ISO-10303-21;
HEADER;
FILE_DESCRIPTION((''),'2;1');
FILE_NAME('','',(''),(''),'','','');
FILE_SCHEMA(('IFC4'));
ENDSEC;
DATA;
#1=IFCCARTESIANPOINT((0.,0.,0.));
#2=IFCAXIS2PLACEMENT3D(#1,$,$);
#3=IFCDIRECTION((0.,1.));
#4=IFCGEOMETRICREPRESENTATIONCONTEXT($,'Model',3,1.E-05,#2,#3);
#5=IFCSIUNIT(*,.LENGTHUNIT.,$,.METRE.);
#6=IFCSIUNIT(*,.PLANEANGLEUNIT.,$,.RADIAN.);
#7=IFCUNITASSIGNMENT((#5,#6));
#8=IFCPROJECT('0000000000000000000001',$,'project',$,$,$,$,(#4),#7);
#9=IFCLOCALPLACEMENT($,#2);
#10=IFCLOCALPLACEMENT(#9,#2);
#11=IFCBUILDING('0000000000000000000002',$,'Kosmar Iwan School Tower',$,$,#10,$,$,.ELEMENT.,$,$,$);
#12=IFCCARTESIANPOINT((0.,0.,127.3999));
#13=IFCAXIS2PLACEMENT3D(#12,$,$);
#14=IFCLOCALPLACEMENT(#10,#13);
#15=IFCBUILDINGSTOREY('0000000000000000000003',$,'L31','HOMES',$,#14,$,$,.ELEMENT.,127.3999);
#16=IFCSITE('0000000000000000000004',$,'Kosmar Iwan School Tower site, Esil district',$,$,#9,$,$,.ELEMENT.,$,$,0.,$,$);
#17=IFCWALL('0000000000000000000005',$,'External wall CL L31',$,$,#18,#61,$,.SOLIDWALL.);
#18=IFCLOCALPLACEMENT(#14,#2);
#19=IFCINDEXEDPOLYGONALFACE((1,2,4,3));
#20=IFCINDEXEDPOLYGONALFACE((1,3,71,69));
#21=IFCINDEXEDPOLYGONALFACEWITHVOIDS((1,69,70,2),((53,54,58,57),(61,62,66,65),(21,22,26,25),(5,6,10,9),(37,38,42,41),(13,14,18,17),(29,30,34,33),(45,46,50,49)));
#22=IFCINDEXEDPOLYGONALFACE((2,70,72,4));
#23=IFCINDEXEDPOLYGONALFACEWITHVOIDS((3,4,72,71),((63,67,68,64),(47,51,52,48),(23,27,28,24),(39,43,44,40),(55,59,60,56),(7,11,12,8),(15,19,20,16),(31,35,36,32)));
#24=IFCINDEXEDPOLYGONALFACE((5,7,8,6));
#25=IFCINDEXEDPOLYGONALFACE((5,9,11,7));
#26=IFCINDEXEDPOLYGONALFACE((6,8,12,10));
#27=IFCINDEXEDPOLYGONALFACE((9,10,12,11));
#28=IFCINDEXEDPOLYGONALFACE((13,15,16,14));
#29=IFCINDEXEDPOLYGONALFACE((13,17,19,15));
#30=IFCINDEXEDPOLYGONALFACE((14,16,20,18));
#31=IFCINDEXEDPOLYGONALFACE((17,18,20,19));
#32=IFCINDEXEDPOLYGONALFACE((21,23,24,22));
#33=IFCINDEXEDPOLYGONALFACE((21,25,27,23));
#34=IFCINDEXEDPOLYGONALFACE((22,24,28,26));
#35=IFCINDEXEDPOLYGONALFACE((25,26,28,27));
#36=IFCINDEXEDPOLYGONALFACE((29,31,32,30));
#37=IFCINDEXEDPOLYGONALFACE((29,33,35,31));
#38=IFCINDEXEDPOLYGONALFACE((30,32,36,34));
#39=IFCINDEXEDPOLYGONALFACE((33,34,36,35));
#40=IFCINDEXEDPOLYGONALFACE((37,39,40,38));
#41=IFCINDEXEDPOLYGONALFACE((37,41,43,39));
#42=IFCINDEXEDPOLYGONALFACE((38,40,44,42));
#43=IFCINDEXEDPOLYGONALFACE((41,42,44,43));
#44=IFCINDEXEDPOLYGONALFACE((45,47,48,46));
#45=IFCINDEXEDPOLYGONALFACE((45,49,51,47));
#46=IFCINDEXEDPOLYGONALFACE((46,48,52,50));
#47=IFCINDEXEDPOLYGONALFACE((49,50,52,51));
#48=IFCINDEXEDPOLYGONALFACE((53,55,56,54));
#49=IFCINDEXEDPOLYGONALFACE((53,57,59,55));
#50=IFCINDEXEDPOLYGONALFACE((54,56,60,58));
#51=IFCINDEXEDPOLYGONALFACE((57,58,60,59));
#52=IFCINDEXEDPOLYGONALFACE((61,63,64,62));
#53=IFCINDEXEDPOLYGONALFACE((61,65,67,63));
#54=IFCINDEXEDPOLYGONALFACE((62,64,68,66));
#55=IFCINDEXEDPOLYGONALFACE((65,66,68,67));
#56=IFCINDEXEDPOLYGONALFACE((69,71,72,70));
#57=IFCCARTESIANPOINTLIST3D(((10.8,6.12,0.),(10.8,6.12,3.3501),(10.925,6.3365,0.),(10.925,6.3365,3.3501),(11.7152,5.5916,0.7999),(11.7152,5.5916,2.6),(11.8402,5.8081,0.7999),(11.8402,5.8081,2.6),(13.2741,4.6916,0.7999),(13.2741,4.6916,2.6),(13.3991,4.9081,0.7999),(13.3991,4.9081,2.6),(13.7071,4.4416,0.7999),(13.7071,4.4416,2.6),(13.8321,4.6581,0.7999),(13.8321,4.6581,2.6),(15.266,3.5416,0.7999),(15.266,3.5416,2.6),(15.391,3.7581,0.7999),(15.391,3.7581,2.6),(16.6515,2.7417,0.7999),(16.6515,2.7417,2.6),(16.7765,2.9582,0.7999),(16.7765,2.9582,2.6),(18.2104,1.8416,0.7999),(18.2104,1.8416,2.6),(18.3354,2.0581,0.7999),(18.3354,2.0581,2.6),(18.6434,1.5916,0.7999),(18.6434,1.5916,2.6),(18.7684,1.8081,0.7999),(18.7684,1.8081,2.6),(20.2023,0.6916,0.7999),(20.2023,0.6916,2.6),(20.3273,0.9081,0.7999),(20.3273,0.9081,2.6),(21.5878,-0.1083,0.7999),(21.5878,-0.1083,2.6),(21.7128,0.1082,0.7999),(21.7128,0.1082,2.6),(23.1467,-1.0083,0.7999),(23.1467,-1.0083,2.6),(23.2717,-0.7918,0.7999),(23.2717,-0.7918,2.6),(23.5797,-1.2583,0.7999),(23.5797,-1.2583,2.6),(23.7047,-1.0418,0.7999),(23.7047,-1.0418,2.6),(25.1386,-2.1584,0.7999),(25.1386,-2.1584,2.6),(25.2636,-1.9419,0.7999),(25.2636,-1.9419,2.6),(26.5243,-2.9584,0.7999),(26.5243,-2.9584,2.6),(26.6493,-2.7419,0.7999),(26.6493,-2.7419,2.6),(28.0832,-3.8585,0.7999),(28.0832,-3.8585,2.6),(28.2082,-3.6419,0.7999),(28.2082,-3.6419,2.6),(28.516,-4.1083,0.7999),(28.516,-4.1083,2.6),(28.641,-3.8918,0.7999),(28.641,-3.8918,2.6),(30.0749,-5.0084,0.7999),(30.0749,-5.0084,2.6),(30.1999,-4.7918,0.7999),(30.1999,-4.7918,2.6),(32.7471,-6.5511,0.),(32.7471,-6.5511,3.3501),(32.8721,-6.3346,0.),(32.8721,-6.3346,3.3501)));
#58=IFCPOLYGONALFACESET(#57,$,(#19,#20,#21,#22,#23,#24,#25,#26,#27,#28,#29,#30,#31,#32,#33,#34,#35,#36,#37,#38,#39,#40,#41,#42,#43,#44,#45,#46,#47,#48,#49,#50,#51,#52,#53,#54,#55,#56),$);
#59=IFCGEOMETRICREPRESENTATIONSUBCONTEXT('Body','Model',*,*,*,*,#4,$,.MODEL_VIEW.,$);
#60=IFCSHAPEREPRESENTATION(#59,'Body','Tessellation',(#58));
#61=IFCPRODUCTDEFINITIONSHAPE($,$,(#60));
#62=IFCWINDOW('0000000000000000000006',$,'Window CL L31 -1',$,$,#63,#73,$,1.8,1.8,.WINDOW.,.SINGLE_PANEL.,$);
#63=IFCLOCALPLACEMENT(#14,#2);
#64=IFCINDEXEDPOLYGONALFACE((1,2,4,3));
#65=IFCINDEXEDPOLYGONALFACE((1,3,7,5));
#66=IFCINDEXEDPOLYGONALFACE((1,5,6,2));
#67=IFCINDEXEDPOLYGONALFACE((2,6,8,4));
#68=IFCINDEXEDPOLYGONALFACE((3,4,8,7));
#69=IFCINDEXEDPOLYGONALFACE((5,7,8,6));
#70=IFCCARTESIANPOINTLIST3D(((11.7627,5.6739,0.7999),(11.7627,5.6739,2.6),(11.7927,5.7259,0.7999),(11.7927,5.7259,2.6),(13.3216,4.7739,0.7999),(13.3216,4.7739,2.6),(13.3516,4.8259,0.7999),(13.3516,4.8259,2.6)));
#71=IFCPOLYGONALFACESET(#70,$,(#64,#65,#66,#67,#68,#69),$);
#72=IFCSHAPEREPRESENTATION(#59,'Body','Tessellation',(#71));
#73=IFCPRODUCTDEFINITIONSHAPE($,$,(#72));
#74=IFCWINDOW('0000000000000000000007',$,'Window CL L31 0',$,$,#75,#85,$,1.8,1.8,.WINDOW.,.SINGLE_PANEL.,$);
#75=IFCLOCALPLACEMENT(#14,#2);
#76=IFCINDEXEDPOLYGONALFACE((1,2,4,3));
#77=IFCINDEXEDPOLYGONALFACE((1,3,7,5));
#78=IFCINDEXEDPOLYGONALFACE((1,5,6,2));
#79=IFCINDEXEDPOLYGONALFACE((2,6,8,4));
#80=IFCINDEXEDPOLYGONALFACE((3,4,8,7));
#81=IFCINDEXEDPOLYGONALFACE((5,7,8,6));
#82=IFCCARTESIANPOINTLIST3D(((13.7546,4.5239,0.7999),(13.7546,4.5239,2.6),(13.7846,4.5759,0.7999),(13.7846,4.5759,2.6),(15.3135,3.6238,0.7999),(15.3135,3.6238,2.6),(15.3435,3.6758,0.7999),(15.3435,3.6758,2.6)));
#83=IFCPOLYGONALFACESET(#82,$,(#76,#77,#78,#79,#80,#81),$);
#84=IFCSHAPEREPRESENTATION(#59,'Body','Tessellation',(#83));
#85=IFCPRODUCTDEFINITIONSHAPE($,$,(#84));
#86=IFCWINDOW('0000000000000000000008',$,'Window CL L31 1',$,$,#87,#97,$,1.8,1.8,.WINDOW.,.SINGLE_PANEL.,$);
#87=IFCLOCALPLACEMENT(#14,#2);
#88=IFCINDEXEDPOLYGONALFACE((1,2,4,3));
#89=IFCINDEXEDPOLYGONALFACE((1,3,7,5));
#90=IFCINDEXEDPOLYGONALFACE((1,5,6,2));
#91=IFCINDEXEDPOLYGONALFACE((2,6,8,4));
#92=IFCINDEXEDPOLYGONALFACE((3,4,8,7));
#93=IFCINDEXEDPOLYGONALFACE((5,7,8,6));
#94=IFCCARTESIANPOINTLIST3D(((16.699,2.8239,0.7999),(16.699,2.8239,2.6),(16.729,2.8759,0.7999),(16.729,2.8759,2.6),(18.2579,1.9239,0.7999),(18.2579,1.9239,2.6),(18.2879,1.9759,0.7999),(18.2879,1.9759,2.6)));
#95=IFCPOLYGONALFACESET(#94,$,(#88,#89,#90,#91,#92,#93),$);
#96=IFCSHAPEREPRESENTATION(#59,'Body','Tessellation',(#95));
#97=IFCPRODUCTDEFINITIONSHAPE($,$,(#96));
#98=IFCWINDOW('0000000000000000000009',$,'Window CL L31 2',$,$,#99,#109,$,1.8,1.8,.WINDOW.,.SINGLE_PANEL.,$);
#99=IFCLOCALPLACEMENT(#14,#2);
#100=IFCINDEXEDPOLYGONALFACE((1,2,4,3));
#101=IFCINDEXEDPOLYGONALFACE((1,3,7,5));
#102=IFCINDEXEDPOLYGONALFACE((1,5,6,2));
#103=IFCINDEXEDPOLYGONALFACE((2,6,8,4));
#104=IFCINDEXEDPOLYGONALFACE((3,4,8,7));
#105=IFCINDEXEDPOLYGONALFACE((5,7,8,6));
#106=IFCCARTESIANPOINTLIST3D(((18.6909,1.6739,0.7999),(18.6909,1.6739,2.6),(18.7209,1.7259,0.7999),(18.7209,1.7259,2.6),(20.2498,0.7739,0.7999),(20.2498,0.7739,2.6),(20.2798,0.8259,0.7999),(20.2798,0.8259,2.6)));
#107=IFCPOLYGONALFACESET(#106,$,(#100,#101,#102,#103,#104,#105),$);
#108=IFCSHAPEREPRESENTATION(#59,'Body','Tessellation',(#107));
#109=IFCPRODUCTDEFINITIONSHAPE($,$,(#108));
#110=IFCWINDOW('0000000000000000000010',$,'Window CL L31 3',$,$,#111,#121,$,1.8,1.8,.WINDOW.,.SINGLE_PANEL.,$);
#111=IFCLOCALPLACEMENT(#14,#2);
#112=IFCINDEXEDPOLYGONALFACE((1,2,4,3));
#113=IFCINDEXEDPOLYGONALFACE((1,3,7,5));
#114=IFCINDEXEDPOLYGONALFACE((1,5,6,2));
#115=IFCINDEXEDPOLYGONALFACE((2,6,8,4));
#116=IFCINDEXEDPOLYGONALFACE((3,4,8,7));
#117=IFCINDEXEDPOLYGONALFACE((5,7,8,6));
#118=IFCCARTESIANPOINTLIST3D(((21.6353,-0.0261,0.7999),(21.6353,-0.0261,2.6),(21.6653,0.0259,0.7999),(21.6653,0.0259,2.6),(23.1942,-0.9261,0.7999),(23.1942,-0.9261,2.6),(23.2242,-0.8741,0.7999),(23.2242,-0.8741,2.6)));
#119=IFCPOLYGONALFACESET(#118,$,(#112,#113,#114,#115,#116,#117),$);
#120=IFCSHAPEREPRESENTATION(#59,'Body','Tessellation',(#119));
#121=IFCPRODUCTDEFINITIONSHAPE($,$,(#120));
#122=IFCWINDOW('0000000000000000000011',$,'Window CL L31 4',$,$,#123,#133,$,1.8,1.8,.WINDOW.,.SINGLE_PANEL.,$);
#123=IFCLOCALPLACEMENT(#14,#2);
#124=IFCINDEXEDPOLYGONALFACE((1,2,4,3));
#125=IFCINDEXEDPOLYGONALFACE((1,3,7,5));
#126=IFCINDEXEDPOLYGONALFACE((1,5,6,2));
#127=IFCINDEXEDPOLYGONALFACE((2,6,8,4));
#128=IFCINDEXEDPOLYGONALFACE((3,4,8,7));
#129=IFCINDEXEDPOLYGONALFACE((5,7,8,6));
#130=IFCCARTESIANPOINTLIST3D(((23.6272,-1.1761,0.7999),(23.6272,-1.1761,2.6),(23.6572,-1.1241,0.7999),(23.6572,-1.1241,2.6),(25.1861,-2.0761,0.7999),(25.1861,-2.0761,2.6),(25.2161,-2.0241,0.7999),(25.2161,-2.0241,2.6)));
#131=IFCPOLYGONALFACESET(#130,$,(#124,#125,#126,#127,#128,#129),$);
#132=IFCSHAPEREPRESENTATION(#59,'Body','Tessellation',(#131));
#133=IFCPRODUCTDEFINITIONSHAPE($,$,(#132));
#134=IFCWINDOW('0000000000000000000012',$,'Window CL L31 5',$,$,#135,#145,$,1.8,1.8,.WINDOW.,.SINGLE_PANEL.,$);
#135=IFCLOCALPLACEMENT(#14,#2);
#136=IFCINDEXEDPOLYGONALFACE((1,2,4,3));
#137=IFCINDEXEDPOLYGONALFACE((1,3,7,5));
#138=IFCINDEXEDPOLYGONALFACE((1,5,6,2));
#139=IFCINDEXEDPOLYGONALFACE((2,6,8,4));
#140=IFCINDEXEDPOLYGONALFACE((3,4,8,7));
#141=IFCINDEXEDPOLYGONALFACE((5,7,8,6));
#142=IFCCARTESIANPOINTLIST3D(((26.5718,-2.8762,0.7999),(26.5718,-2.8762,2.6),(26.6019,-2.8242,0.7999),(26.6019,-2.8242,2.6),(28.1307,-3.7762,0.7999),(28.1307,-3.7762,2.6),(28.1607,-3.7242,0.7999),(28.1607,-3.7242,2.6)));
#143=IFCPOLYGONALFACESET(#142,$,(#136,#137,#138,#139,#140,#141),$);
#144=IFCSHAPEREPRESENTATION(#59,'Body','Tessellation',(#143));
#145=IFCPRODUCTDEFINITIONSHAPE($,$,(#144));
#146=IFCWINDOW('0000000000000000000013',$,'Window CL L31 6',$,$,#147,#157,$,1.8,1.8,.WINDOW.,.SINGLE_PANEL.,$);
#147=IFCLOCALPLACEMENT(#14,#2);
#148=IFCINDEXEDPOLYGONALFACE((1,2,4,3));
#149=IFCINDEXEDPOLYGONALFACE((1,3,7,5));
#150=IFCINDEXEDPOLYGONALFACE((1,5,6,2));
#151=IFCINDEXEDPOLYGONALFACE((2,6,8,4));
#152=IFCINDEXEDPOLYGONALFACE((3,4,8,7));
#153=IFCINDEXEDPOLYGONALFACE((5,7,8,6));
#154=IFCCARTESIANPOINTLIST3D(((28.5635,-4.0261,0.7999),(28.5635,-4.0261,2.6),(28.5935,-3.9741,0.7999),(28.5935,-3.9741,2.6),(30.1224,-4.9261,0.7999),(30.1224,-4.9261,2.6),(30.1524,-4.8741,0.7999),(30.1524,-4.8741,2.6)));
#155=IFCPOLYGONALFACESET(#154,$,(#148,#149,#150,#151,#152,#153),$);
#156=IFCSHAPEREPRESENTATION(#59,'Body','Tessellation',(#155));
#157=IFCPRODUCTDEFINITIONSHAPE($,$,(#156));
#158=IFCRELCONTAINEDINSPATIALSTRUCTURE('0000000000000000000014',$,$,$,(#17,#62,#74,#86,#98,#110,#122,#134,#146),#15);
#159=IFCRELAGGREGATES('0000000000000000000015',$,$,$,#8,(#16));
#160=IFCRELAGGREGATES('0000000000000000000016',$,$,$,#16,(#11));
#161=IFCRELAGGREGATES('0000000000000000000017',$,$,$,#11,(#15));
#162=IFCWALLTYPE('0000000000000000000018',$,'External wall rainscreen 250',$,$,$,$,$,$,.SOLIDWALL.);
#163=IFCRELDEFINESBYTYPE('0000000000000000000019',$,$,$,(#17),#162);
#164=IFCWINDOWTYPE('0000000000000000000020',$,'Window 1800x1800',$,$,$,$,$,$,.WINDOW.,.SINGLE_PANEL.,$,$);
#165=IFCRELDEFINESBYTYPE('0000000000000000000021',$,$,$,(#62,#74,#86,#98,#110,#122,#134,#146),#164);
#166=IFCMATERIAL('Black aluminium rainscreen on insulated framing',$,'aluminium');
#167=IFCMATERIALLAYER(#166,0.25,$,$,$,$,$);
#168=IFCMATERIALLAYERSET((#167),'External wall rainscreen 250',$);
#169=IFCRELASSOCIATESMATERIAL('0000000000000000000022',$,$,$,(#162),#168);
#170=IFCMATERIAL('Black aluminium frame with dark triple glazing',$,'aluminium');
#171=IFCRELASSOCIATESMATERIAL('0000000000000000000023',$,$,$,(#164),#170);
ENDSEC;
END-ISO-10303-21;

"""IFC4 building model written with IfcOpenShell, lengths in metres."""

from ifc_helpers import new_model, si_unit, direction, frame, frame_2d, origin, place, context, subcontext, project, spatial, rectangle, extrude, material, layer, layer_set, type_object, element, fill, save


model = new_model("IFC4")

# Units and contexts
model_context = context("Model", 3, precision=1e-05, world=origin(), true_north=direction((0.0, 1.0)))
body_context = subcontext(model_context, "Body", "Model", "MODEL_VIEW")
ifc_project = project(units=[si_unit("LENGTHUNIT", "METRE"), si_unit("PLANEANGLEUNIT", "RADIAN")], contexts=[model_context])

# Site, building, storey
site_placement = place(None, origin())
site = spatial("IfcSite", under=ifc_project, at=site_placement, Name="Kosmar Iwan School Tower site, Esil district", CompositionType="ELEMENT", RefElevation=0.0)
building_placement = place(site_placement, origin())
building = spatial("IfcBuilding", under=site, at=building_placement, Name="Kosmar Iwan School Tower", CompositionType="ELEMENT")
storey_placement = place(building_placement, frame((0.0, 0.0, 127.3999)))
storey = spatial("IfcBuildingStorey", under=building, at=storey_placement, Name="L31", Description="HOMES", CompositionType="ELEMENT", Elevation=127.3999)

# Wall, openings, windows
ifc_material_1 = material(Name="Black aluminium rainscreen on insulated framing", Category="aluminium")
ifc_layer = layer(ifc_material_1, 0.25)
ifc_layer_set = layer_set([ifc_layer], Name="External wall rainscreen 250")
wall_type = type_object("IfcWallType", Name="External wall rainscreen 250", PredefinedType="SOLIDWALL", material=ifc_layer_set)
wall_1_placement = place(storey_placement, frame((10.8625, 6.2283, 0.0), z_axis=(0.0, 0.0, 1.0), x_axis=(0.866025, -0.500001, 0.0)))
wall_1 = element("IfcWall", 1, at=wall_1_placement, inside=storey, type_object=wall_type, Name="External wall CL L31", PredefinedType="SOLIDWALL", context=body_context, shape_type="SweptSolid", body=[
    extrude(rectangle(XDim=25.3423, YDim=0.25, at=frame_2d((12.6711, 0.0))), origin(), (0.0, 0.0, 1.0), 3.3501),
])
opening_1_placement = place(wall_1_placement, frame((1.0569, 0.0, 0.8)))
opening_1 = element("IfcOpeningElement", 2, at=opening_1_placement, cuts=wall_1, PredefinedType="OPENING", context=body_context, shape_type="SweptSolid", body=[
    extrude(rectangle(XDim=1.8, YDim=1.8, at=frame_2d((0.8999, 0.8999))), frame((0.0, 0.137, 0.0), z_axis=(0.0, -1.0, 0.0), x_axis=(1.0, 0.0, 0.0)), (0.0, 0.0, 1.0), 0.2739),
])
opening_2_placement = place(wall_1_placement, frame((3.3569, 0.0, 0.8)))
opening_2 = element("IfcOpeningElement", 3, at=opening_2_placement, cuts=wall_1, PredefinedType="OPENING", context=body_context, shape_type="SweptSolid", body=[
    extrude(rectangle(XDim=1.8, YDim=1.8, at=frame_2d((0.8999, 0.8999))), frame((0.0, 0.137, 0.0), z_axis=(0.0, -1.0, 0.0), x_axis=(1.0, 0.0, 0.0)), (0.0, 0.0, 1.0), 0.2739),
])
opening_3_placement = place(wall_1_placement, frame((6.7568, 0.0, 0.8)))
opening_3 = element("IfcOpeningElement", 4, at=opening_3_placement, cuts=wall_1, PredefinedType="OPENING", context=body_context, shape_type="SweptSolid", body=[
    extrude(rectangle(XDim=1.8, YDim=1.8, at=frame_2d((0.8999, 0.8999))), frame((0.0, 0.137, 0.0), z_axis=(0.0, -1.0, 0.0), x_axis=(1.0, 0.0, 0.0)), (0.0, 0.0, 1.0), 0.2739),
])
opening_4_placement = place(wall_1_placement, frame((9.0569, 0.0, 0.8)))
opening_4 = element("IfcOpeningElement", 5, at=opening_4_placement, cuts=wall_1, PredefinedType="OPENING", context=body_context, shape_type="SweptSolid", body=[
    extrude(rectangle(XDim=1.8, YDim=1.8, at=frame_2d((0.8999, 0.8999))), frame((0.0, 0.137, 0.0), z_axis=(0.0, -1.0, 0.0), x_axis=(1.0, 0.0, 0.0)), (0.0, 0.0, 1.0), 0.2739),
])
opening_5_placement = place(wall_1_placement, frame((12.4568, 0.0, 0.8)))
opening_5 = element("IfcOpeningElement", 6, at=opening_5_placement, cuts=wall_1, PredefinedType="OPENING", context=body_context, shape_type="SweptSolid", body=[
    extrude(rectangle(XDim=1.8, YDim=1.8, at=frame_2d((0.8999, 0.8999))), frame((0.0, 0.137, 0.0), z_axis=(0.0, -1.0, 0.0), x_axis=(1.0, 0.0, 0.0)), (0.0, 0.0, 1.0), 0.2739),
])
opening_6_placement = place(wall_1_placement, frame((14.7568, 0.0, 0.8)))
opening_6 = element("IfcOpeningElement", 7, at=opening_6_placement, cuts=wall_1, PredefinedType="OPENING", context=body_context, shape_type="SweptSolid", body=[
    extrude(rectangle(XDim=1.8, YDim=1.8, at=frame_2d((0.8999, 0.8999))), frame((0.0, 0.137, 0.0), z_axis=(0.0, -1.0, 0.0), x_axis=(1.0, 0.0, 0.0)), (0.0, 0.0, 1.0), 0.2739),
])
opening_7_placement = place(wall_1_placement, frame((18.157, 0.0, 0.8)))
opening_7 = element("IfcOpeningElement", 8, at=opening_7_placement, cuts=wall_1, PredefinedType="OPENING", context=body_context, shape_type="SweptSolid", body=[
    extrude(rectangle(XDim=1.8, YDim=1.8, at=frame_2d((0.8999, 0.8999))), frame((0.0, 0.137, 0.0), z_axis=(0.0, -1.0, 0.0), x_axis=(1.0, 0.0, 0.0)), (0.0, 0.0, 1.0), 0.2739),
])
opening_8_placement = place(wall_1_placement, frame((20.4568, 0.0, 0.8)))
opening_8 = element("IfcOpeningElement", 9, at=opening_8_placement, cuts=wall_1, PredefinedType="OPENING", context=body_context, shape_type="SweptSolid", body=[
    extrude(rectangle(XDim=1.8, YDim=1.8, at=frame_2d((0.8999, 0.8999))), frame((0.0, 0.137, 0.0), z_axis=(0.0, -1.0, 0.0), x_axis=(1.0, 0.0, 0.0)), (0.0, 0.0, 1.0), 0.2739),
])
ifc_material_2 = material(Name="Black aluminium frame with dark triple glazing", Category="aluminium")
window_type = type_object("IfcWindowType", Name="Window 1800x1800", PartitioningType="SINGLE_PANEL", PredefinedType="WINDOW", material=ifc_material_2)
window_1_placement = place(opening_1_placement, origin())
window_1 = element("IfcWindow", 10, at=window_1_placement, inside=storey, type_object=window_type, Name="Window CL L31 -1", OverallHeight=1.8, OverallWidth=1.8, PartitioningType="SINGLE_PANEL", PredefinedType="WINDOW", context=body_context, shape_type="SweptSolid", body=[
    extrude(rectangle(XDim=1.8, YDim=1.8, at=frame_2d((0.8999, 0.8999))), frame((0.0, 0.03, 0.0), z_axis=(0.0, -1.0, 0.0), x_axis=(1.0, 0.0, 0.0)), (0.0, 0.0, 1.0), 0.0601),
])
fill(opening_1, window_1)
window_2_placement = place(opening_2_placement, origin())
window_2 = element("IfcWindow", 11, at=window_2_placement, inside=storey, type_object=window_type, Name="Window CL L31 0", OverallHeight=1.8, OverallWidth=1.8, PartitioningType="SINGLE_PANEL", PredefinedType="WINDOW", context=body_context, shape_type="SweptSolid", body=[
    extrude(rectangle(XDim=1.8, YDim=1.8, at=frame_2d((0.8999, 0.8999))), frame((0.0, 0.03, 0.0), z_axis=(0.0, -1.0, 0.0), x_axis=(1.0, 0.0, 0.0)), (0.0, 0.0, 1.0), 0.0601),
])
fill(opening_2, window_2)
window_3_placement = place(opening_3_placement, origin())
window_3 = element("IfcWindow", 12, at=window_3_placement, inside=storey, type_object=window_type, Name="Window CL L31 1", OverallHeight=1.8, OverallWidth=1.8, PartitioningType="SINGLE_PANEL", PredefinedType="WINDOW", context=body_context, shape_type="SweptSolid", body=[
    extrude(rectangle(XDim=1.8, YDim=1.8, at=frame_2d((0.8999, 0.8999))), frame((0.0, 0.03, 0.0), z_axis=(0.0, -1.0, 0.0), x_axis=(1.0, 0.0, 0.0)), (0.0, 0.0, 1.0), 0.0601),
])
fill(opening_3, window_3)
window_4_placement = place(opening_4_placement, origin())
window_4 = element("IfcWindow", 13, at=window_4_placement, inside=storey, type_object=window_type, Name="Window CL L31 2", OverallHeight=1.8, OverallWidth=1.8, PartitioningType="SINGLE_PANEL", PredefinedType="WINDOW", context=body_context, shape_type="SweptSolid", body=[
    extrude(rectangle(XDim=1.8, YDim=1.8, at=frame_2d((0.8999, 0.8999))), frame((0.0, 0.03, 0.0), z_axis=(0.0, -1.0, 0.0), x_axis=(1.0, 0.0, 0.0)), (0.0, 0.0, 1.0), 0.0601),
])
fill(opening_4, window_4)
window_5_placement = place(opening_5_placement, origin())
window_5 = element("IfcWindow", 14, at=window_5_placement, inside=storey, type_object=window_type, Name="Window CL L31 3", OverallHeight=1.8, OverallWidth=1.8, PartitioningType="SINGLE_PANEL", PredefinedType="WINDOW", context=body_context, shape_type="SweptSolid", body=[
    extrude(rectangle(XDim=1.8, YDim=1.8, at=frame_2d((0.8999, 0.8999))), frame((0.0, 0.03, 0.0), z_axis=(0.0, -1.0, 0.0), x_axis=(1.0, 0.0, 0.0)), (0.0, 0.0, 1.0), 0.0601),
])
fill(opening_5, window_5)
window_6_placement = place(opening_6_placement, origin())
window_6 = element("IfcWindow", 15, at=window_6_placement, inside=storey, type_object=window_type, Name="Window CL L31 4", OverallHeight=1.8, OverallWidth=1.8, PartitioningType="SINGLE_PANEL", PredefinedType="WINDOW", context=body_context, shape_type="SweptSolid", body=[
    extrude(rectangle(XDim=1.8, YDim=1.8, at=frame_2d((0.8999, 0.8999))), frame((0.0, 0.03, 0.0), z_axis=(0.0, -1.0, 0.0), x_axis=(1.0, 0.0, 0.0)), (0.0, 0.0, 1.0), 0.0601),
])
fill(opening_6, window_6)
window_7_placement = place(opening_7_placement, origin())
window_7 = element("IfcWindow", 16, at=window_7_placement, inside=storey, type_object=window_type, Name="Window CL L31 5", OverallHeight=1.8, OverallWidth=1.8, PartitioningType="SINGLE_PANEL", PredefinedType="WINDOW", context=body_context, shape_type="SweptSolid", body=[
    extrude(rectangle(XDim=1.8, YDim=1.8, at=frame_2d((0.8999, 0.8999))), frame((0.0, 0.03, 0.0), z_axis=(0.0, -1.0, 0.0), x_axis=(1.0, 0.0, 0.0)), (0.0, 0.0, 1.0), 0.0601),
])
fill(opening_7, window_7)
window_8_placement = place(opening_8_placement, origin())
window_8 = element("IfcWindow", 17, at=window_8_placement, inside=storey, type_object=window_type, Name="Window CL L31 6", OverallHeight=1.8, OverallWidth=1.8, PartitioningType="SINGLE_PANEL", PredefinedType="WINDOW", context=body_context, shape_type="SweptSolid", body=[
    extrude(rectangle(XDim=1.8, YDim=1.8, at=frame_2d((0.8999, 0.8999))), frame((0.0, 0.03, 0.0), z_axis=(0.0, -1.0, 0.0), x_axis=(1.0, 0.0, 0.0)), (0.0, 0.0, 1.0), 0.0601),
])
fill(opening_8, window_8)

save(model, "model.ifc")
